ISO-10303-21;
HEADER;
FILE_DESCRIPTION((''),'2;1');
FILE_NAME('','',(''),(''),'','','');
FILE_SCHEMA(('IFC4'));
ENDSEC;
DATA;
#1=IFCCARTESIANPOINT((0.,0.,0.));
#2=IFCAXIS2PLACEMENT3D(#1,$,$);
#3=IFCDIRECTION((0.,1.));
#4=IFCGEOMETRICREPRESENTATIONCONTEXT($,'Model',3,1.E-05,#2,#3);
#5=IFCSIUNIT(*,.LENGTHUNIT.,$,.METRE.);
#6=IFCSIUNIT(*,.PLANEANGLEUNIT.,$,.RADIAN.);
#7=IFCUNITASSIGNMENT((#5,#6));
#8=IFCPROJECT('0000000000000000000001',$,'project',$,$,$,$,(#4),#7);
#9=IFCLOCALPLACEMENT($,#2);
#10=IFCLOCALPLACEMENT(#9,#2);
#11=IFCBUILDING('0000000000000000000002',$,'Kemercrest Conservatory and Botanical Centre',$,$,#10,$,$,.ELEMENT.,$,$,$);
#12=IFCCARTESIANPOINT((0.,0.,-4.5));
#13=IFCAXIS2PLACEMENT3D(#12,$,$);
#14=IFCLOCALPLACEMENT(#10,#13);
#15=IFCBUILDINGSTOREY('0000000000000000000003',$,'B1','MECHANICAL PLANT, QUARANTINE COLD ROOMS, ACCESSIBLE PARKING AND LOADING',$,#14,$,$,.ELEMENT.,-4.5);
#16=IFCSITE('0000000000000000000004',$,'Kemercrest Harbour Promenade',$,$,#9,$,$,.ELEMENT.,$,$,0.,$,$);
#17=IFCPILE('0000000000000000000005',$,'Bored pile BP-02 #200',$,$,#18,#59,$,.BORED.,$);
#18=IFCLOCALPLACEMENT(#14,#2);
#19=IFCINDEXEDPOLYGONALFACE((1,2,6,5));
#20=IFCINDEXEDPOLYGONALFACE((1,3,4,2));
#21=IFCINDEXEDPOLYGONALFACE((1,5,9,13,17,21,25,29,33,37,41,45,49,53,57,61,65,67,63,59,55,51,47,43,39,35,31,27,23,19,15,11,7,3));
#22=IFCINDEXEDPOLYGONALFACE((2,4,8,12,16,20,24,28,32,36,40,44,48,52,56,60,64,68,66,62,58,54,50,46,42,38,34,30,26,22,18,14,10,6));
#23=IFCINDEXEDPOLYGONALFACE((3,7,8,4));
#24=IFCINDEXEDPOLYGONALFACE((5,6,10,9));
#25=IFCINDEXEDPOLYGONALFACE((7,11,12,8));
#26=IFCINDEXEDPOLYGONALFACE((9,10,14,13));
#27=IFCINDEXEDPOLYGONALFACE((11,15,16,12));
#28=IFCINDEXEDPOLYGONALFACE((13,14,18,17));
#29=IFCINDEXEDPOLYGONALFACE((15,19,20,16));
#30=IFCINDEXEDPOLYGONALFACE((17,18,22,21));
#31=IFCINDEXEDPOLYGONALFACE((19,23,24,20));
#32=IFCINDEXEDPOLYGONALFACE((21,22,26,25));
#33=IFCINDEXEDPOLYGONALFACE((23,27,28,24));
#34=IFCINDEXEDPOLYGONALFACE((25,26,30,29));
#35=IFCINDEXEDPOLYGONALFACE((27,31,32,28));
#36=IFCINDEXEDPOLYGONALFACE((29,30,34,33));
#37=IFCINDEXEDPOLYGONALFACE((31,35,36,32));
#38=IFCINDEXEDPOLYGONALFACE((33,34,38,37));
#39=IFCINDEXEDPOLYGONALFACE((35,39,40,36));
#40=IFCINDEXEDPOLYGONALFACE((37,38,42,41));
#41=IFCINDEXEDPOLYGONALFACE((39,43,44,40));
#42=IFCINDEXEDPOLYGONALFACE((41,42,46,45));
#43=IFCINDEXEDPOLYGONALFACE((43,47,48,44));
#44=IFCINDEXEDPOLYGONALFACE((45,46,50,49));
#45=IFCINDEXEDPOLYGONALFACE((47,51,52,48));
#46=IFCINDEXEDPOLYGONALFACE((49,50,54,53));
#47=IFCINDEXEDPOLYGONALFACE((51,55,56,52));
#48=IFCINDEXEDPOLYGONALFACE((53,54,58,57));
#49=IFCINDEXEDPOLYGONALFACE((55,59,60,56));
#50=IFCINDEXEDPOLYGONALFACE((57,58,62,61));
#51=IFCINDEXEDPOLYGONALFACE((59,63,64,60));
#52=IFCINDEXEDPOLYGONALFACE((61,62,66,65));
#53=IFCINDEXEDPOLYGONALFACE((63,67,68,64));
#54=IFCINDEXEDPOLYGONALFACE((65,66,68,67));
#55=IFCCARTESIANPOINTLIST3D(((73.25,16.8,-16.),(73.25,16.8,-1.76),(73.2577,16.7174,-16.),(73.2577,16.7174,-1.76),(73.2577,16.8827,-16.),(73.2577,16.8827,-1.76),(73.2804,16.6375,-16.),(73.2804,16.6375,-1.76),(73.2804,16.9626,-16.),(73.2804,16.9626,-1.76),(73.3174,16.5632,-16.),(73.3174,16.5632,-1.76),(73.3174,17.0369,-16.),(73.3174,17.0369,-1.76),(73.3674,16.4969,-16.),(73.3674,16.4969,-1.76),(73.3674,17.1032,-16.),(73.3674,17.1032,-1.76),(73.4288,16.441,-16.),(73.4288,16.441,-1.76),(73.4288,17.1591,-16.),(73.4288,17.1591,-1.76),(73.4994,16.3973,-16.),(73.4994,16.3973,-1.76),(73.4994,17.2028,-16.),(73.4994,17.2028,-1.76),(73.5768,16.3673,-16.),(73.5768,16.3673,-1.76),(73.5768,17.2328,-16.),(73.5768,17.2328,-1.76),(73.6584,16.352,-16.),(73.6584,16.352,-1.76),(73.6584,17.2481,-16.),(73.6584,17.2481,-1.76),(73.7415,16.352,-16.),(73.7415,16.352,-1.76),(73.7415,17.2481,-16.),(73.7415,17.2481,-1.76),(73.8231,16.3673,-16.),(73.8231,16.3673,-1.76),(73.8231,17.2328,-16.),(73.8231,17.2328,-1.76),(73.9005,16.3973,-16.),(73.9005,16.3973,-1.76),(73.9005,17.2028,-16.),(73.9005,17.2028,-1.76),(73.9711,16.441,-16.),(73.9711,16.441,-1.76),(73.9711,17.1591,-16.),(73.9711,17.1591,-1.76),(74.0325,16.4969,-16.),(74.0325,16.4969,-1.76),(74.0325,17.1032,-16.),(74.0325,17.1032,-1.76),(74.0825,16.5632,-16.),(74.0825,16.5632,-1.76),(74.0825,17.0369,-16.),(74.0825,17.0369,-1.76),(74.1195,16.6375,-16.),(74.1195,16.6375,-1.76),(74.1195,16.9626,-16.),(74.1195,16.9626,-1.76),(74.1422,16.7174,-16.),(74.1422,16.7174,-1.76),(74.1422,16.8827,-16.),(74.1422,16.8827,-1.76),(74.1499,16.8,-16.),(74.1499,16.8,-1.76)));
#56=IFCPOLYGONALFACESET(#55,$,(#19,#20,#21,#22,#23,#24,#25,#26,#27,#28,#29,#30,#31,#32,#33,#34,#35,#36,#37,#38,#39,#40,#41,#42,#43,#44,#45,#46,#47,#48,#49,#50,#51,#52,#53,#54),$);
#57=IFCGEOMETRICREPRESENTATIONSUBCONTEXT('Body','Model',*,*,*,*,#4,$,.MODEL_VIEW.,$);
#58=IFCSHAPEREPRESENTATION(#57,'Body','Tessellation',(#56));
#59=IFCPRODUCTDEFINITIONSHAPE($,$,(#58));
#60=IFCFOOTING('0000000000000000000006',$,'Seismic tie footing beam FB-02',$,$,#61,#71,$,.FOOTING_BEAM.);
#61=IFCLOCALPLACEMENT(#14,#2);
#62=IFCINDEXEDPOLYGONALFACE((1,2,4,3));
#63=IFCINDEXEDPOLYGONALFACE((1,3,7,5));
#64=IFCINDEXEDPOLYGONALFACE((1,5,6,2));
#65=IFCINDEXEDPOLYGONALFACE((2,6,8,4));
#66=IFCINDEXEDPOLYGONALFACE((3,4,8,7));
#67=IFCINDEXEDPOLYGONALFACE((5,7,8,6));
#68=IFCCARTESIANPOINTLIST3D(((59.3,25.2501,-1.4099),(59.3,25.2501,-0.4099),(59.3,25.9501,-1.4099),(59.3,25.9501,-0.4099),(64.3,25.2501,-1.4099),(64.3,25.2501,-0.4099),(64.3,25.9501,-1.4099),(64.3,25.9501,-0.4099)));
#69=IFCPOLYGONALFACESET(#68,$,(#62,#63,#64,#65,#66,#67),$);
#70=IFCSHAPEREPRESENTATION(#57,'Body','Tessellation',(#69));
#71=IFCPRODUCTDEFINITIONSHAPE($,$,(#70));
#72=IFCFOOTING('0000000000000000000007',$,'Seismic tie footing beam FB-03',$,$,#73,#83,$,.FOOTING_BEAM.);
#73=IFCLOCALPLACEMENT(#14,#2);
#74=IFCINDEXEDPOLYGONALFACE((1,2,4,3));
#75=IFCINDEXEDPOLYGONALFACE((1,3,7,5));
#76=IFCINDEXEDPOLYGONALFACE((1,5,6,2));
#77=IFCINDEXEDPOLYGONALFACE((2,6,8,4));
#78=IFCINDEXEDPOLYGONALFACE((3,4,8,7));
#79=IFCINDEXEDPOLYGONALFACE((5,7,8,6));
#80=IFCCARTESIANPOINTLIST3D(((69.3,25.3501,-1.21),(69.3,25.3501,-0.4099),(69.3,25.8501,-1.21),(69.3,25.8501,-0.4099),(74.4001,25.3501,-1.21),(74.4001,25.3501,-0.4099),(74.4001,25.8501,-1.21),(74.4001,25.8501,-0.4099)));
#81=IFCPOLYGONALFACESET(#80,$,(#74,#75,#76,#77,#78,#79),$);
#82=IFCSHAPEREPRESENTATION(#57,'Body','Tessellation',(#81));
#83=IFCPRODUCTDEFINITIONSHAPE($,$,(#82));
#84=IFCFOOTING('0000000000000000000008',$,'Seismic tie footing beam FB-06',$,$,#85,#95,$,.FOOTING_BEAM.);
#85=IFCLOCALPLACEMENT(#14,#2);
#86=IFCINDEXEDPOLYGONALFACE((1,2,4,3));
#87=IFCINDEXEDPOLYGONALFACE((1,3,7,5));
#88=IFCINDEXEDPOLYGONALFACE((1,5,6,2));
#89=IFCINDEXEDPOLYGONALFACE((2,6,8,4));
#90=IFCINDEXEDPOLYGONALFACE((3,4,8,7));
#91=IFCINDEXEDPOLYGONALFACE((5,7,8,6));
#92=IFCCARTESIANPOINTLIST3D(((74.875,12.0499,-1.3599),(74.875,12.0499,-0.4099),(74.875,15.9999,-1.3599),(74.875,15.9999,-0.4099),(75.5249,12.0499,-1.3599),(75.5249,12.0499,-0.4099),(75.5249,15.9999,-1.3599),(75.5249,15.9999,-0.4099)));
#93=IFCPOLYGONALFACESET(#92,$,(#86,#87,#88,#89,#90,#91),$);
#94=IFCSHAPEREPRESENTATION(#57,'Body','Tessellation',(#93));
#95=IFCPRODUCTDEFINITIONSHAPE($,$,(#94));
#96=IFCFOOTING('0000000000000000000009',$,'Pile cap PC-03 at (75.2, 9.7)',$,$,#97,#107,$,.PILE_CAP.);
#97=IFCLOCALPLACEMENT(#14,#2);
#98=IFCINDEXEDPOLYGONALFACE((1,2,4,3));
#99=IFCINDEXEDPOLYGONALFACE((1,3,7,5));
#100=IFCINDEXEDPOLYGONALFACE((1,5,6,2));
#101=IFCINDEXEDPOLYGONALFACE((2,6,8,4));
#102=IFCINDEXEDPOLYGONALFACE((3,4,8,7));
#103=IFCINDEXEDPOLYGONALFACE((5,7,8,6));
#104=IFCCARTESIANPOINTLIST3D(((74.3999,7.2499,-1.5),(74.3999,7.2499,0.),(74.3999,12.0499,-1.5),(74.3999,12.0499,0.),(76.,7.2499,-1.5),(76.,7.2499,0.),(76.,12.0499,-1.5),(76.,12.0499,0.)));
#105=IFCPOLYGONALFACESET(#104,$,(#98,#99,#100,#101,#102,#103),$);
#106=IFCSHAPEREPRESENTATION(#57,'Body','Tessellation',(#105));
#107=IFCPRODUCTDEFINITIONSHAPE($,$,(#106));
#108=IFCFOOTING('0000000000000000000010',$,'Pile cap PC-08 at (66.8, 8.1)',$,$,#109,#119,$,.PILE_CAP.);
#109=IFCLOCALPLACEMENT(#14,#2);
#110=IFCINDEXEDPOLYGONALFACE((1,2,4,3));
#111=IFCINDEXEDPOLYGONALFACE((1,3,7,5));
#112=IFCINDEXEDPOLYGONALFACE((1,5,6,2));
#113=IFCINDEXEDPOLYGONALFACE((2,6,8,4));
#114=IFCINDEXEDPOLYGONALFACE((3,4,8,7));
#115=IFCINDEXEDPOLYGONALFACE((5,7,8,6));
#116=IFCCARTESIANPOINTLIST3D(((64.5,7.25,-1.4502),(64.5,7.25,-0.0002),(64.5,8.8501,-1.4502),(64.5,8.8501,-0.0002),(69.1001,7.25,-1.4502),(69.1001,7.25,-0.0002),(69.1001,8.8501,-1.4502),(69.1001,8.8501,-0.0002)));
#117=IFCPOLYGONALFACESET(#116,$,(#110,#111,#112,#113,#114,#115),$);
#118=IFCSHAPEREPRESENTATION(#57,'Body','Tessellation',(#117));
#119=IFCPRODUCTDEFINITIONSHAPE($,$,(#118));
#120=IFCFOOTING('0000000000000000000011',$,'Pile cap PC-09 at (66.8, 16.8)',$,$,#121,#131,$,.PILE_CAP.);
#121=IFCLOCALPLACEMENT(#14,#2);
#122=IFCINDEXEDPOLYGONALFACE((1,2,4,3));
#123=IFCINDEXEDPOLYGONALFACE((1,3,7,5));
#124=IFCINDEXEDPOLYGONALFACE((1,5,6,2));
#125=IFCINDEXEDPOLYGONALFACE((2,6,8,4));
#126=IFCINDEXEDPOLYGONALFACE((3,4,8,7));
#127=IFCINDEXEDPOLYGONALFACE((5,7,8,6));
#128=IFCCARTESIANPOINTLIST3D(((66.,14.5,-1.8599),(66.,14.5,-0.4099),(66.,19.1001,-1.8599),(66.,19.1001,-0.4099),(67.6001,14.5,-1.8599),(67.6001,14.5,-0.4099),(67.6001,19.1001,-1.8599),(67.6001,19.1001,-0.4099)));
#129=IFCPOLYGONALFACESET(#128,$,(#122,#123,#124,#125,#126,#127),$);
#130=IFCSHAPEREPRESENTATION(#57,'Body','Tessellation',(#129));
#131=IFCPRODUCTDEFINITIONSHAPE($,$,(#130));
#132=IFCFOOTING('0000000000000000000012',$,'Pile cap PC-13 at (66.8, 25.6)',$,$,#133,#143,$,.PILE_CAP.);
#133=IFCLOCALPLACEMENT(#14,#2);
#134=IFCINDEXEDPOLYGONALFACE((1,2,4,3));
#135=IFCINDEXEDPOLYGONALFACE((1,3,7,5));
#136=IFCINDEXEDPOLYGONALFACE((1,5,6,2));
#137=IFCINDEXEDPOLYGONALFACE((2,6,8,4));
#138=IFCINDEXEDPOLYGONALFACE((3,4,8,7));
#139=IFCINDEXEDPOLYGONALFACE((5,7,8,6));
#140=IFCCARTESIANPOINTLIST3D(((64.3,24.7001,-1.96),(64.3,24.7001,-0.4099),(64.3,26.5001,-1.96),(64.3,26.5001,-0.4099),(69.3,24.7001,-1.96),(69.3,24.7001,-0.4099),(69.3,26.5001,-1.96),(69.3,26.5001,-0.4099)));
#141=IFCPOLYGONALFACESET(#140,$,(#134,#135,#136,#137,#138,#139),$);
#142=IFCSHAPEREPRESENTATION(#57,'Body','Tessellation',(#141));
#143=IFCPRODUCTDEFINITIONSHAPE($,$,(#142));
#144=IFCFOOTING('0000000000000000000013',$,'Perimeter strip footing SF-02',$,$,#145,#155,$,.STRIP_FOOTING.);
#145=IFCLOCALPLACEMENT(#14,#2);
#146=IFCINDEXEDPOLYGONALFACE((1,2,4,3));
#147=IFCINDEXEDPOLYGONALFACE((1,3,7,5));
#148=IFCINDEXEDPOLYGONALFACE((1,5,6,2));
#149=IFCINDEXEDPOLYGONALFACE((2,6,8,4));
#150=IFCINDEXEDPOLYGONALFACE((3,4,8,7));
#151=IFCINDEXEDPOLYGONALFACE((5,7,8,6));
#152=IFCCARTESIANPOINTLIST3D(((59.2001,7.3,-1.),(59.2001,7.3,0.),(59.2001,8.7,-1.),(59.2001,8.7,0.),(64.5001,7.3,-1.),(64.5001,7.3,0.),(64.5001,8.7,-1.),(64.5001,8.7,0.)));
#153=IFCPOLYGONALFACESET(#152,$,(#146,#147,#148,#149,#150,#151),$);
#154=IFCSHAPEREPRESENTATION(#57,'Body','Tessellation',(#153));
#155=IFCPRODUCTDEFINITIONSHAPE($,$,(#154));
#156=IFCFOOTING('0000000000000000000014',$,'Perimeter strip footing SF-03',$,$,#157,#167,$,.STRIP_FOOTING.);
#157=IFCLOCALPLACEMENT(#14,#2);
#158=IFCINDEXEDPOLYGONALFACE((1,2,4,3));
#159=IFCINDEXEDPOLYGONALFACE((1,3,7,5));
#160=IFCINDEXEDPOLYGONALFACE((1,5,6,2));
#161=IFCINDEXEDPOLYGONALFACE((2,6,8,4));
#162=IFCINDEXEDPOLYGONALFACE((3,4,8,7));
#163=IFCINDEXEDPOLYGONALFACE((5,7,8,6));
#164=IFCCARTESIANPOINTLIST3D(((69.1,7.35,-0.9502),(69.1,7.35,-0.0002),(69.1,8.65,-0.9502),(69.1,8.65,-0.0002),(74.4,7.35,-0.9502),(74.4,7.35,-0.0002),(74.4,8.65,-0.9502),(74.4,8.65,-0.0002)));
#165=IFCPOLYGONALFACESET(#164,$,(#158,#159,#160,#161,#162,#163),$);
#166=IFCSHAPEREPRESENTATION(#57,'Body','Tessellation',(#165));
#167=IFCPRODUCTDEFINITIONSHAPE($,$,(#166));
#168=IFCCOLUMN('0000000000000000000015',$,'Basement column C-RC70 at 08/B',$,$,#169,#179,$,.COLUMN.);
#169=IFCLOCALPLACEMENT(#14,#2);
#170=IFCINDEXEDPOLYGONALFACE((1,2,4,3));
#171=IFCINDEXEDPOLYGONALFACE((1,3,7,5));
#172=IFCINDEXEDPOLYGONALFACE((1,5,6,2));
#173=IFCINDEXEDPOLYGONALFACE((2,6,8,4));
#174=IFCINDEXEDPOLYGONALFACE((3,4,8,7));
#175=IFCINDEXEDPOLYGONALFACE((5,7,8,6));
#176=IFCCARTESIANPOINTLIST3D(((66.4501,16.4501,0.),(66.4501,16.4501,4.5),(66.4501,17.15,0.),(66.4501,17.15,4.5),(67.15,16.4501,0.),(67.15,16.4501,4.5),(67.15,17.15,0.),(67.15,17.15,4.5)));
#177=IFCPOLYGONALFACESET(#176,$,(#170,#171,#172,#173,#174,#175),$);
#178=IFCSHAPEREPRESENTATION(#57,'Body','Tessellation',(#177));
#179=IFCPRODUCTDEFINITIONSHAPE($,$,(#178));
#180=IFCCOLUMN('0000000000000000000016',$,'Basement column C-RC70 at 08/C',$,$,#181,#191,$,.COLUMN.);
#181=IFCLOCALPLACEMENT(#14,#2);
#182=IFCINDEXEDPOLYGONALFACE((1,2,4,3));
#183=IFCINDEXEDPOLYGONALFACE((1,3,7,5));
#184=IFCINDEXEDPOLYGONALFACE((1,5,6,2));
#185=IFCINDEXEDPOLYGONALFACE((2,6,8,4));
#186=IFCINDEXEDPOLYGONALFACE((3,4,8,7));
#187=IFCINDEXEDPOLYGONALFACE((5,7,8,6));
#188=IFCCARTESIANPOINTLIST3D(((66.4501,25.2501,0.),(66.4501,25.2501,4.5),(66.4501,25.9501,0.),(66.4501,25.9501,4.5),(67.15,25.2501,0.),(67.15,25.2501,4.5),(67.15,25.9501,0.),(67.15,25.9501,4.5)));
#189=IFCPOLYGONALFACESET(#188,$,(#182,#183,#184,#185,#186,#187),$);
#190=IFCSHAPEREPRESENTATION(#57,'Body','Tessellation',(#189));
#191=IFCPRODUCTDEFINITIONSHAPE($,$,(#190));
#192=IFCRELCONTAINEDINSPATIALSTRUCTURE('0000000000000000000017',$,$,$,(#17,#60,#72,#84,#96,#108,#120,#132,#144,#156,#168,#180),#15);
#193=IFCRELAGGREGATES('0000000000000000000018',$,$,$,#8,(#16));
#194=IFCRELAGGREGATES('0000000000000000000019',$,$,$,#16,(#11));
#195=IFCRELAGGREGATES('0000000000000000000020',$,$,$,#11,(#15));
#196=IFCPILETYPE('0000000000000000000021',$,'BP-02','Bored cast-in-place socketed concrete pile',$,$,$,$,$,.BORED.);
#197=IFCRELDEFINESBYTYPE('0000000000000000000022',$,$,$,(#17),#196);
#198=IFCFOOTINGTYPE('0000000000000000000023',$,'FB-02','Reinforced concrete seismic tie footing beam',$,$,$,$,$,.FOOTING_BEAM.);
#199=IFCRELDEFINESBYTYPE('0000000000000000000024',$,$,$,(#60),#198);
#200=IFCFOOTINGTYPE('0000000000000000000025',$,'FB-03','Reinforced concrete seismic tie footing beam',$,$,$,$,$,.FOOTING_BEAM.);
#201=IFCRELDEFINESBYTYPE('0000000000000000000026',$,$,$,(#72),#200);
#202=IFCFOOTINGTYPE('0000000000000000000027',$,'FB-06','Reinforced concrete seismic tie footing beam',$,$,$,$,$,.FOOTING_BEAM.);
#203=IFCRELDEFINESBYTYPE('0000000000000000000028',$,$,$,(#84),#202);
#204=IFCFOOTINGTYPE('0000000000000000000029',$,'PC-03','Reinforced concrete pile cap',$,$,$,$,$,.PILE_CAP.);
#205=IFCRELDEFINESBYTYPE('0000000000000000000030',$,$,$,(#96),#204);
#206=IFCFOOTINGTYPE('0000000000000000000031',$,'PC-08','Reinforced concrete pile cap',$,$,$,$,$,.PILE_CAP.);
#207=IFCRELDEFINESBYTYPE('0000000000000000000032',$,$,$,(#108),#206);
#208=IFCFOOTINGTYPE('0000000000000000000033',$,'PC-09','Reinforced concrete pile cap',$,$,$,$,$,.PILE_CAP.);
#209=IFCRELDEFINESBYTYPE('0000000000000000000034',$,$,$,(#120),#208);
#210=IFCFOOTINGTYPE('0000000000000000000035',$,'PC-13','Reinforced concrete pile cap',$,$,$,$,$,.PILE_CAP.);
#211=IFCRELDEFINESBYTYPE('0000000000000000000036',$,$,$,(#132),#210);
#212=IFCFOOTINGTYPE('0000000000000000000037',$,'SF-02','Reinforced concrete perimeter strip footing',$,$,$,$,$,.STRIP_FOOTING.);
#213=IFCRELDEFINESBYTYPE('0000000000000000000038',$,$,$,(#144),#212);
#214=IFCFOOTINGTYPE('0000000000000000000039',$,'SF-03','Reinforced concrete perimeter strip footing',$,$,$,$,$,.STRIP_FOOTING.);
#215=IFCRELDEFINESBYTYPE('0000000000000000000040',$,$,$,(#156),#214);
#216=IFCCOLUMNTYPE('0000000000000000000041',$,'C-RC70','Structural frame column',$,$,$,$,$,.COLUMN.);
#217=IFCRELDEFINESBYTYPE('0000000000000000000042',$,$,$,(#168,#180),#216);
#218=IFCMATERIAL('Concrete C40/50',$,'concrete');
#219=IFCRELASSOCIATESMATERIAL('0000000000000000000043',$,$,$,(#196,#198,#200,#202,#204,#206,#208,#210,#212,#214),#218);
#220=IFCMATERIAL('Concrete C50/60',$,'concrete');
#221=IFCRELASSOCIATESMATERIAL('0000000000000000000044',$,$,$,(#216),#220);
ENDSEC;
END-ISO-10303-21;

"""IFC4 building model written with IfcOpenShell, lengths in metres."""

from ifc_helpers import new_model, si_unit, direction, frame, origin, origin_2d, place, context, subcontext, project, spatial, rectangle, circle, extrude, material, material_profile, profile_set, type_object, element, save


model = new_model("IFC4")

# Units and contexts
model_context = context("Model", 3, precision=1e-05, world=origin(), true_north=direction((0.0, 1.0)))
body_context = subcontext(model_context, "Body", "Model", "MODEL_VIEW")
ifc_project = project(units=[si_unit("LENGTHUNIT", "METRE"), si_unit("PLANEANGLEUNIT", "RADIAN")], contexts=[model_context])

# Site, building, storey
site_placement = place(None, origin())
site = spatial("IfcSite", under=ifc_project, at=site_placement, Name="Kemercrest Harbour Promenade", CompositionType="ELEMENT", RefElevation=0.0)
building_placement = place(site_placement, origin())
building = spatial("IfcBuilding", under=site, at=building_placement, Name="Kemercrest Conservatory and Botanical Centre", CompositionType="ELEMENT")
storey_placement = place(building_placement, frame((0.0, 0.0, -4.5)))
storey = spatial("IfcBuildingStorey", under=building, at=storey_placement, Name="B1", Description="MECHANICAL PLANT, QUARANTINE COLD ROOMS, ACCESSIBLE PARKING AND LOADING", CompositionType="ELEMENT", Elevation=-4.5)

# Pile
ifc_material_1 = material(Name="Concrete C40/50", Category="concrete")
ifc_material_profile_1 = material_profile(ifc_material_1, circle(Radius=0.45, at=origin_2d()), Name="BORED PILE 900")
ifc_profile_set_1 = profile_set([ifc_material_profile_1], Name="Concrete C40/50")
pile_type_1 = type_object("IfcPileType", Name="BP-02", Description="Bored cast-in-place socketed concrete pile", PredefinedType="BORED", material=ifc_profile_set_1)
for number, where, z_axis, x_axis, name in (
    (1, (73.7, 16.8, -1.76), (0.0, 0.0, -1.0), (1.0, 0.0, 0.0), "Bored pile BP-02 #200"),
):
    element("IfcPile", number, at=place(storey_placement, frame(where, z_axis=z_axis, x_axis=x_axis)), inside=storey, type_object=pile_type_1, Name=name, PredefinedType="BORED", context=body_context, shape_type="SweptSolid", body=[
        extrude(circle(Radius=0.45, at=origin_2d()), origin(), (0.0, 0.0, 1.0), 14.24),
    ])

# Footings
footing_type_1 = type_object("IfcFootingType", Name="FB-02", Description="Reinforced concrete seismic tie footing beam", PredefinedType="FOOTING_BEAM", material=ifc_material_1)
footing_1_placement = place(storey_placement, frame((61.8, 25.6001, -1.4099), z_axis=(0.0, 0.0, 1.0), x_axis=(1.0, 0.0, 0.0)))
element("IfcFooting", 2, at=footing_1_placement, inside=storey, type_object=footing_type_1, Name="Seismic tie footing beam FB-02", PredefinedType="FOOTING_BEAM", context=body_context, shape_type="SweptSolid", body=[
    extrude(rectangle(XDim=5.0, YDim=0.7, at=origin_2d()), origin(), (0.0, 0.0, 1.0), 1.0),
])
footing_type_2 = type_object("IfcFootingType", Name="FB-03", Description="Reinforced concrete seismic tie footing beam", PredefinedType="FOOTING_BEAM", material=ifc_material_1)
footing_2_placement = place(storey_placement, frame((71.8501, 25.6001, -1.21), z_axis=(0.0, 0.0, 1.0), x_axis=(1.0, 0.0, 0.0)))
element("IfcFooting", 3, at=footing_2_placement, inside=storey, type_object=footing_type_2, Name="Seismic tie footing beam FB-03", PredefinedType="FOOTING_BEAM", context=body_context, shape_type="SweptSolid", body=[
    extrude(rectangle(XDim=5.1001, YDim=0.5, at=origin_2d()), origin(), (0.0, 0.0, 1.0), 0.8),
])
footing_type_3 = type_object("IfcFootingType", Name="FB-06", Description="Reinforced concrete seismic tie footing beam", PredefinedType="FOOTING_BEAM", material=ifc_material_1)
footing_3_placement = place(storey_placement, frame((75.2, 14.0249, -1.3599), z_axis=(0.0, 0.0, 1.0), x_axis=(1.0, 0.0, 0.0)))
element("IfcFooting", 4, at=footing_3_placement, inside=storey, type_object=footing_type_3, Name="Seismic tie footing beam FB-06", PredefinedType="FOOTING_BEAM", context=body_context, shape_type="SweptSolid", body=[
    extrude(rectangle(XDim=0.6499, YDim=3.95, at=origin_2d()), origin(), (0.0, 0.0, 1.0), 0.95),
])
footing_type_4 = type_object("IfcFootingType", Name="PC-03", Description="Reinforced concrete pile cap", PredefinedType="PILE_CAP", material=ifc_material_1)
footing_4_placement = place(storey_placement, frame((75.2, 9.6499, -1.5), z_axis=(0.0, 0.0, 1.0), x_axis=(1.0, 0.0, 0.0)))
element("IfcFooting", 5, at=footing_4_placement, inside=storey, type_object=footing_type_4, Name="Pile cap PC-03 at (75.2, 9.7)", PredefinedType="PILE_CAP", context=body_context, shape_type="SweptSolid", body=[
    extrude(rectangle(XDim=1.6001, YDim=4.8, at=origin_2d()), origin(), (0.0, 0.0, 1.0), 1.5),
])
footing_type_5 = type_object("IfcFootingType", Name="PC-08", Description="Reinforced concrete pile cap", PredefinedType="PILE_CAP", material=ifc_material_1)
footing_5_placement = place(storey_placement, frame((66.8, 8.05, -1.4502), z_axis=(0.0, 0.0, 1.0), x_axis=(1.0, 0.0, 0.0)))
element("IfcFooting", 6, at=footing_5_placement, inside=storey, type_object=footing_type_5, Name="Pile cap PC-08 at (66.8, 8.1)", PredefinedType="PILE_CAP", context=body_context, shape_type="SweptSolid", body=[
    extrude(rectangle(XDim=4.6001, YDim=1.6001, at=origin_2d()), origin(), (0.0, 0.0, 1.0), 1.45),
])
footing_type_6 = type_object("IfcFootingType", Name="PC-09", Description="Reinforced concrete pile cap", PredefinedType="PILE_CAP", material=ifc_material_1)
footing_6_placement = place(storey_placement, frame((66.8, 16.8, -1.8599), z_axis=(0.0, 0.0, 1.0), x_axis=(1.0, 0.0, 0.0)))
element("IfcFooting", 7, at=footing_6_placement, inside=storey, type_object=footing_type_6, Name="Pile cap PC-09 at (66.8, 16.8)", PredefinedType="PILE_CAP", context=body_context, shape_type="SweptSolid", body=[
    extrude(rectangle(XDim=1.6001, YDim=4.6001, at=origin_2d()), origin(), (0.0, 0.0, 1.0), 1.45),
])
footing_type_7 = type_object("IfcFootingType", Name="PC-13", Description="Reinforced concrete pile cap", PredefinedType="PILE_CAP", material=ifc_material_1)
footing_7_placement = place(storey_placement, frame((66.8, 25.6001, -1.96), z_axis=(0.0, 0.0, 1.0), x_axis=(1.0, 0.0, 0.0)))
element("IfcFooting", 8, at=footing_7_placement, inside=storey, type_object=footing_type_7, Name="Pile cap PC-13 at (66.8, 25.6)", PredefinedType="PILE_CAP", context=body_context, shape_type="SweptSolid", body=[
    extrude(rectangle(XDim=5.0, YDim=1.8, at=origin_2d()), origin(), (0.0, 0.0, 1.0), 1.55),
])
footing_type_8 = type_object("IfcFootingType", Name="SF-02", Description="Reinforced concrete perimeter strip footing", PredefinedType="STRIP_FOOTING", material=ifc_material_1)
footing_8_placement = place(storey_placement, frame((61.8501, 8.0, -1.0), z_axis=(0.0, 0.0, 1.0), x_axis=(1.0, 0.0, 0.0)))
element("IfcFooting", 9, at=footing_8_placement, inside=storey, type_object=footing_type_8, Name="Perimeter strip footing SF-02", PredefinedType="STRIP_FOOTING", context=body_context, shape_type="SweptSolid", body=[
    extrude(rectangle(XDim=5.3, YDim=1.3999, at=origin_2d()), origin(), (0.0, 0.0, 1.0), 1.0),
])
footing_type_9 = type_object("IfcFootingType", Name="SF-03", Description="Reinforced concrete perimeter strip footing", PredefinedType="STRIP_FOOTING", material=ifc_material_1)
footing_9_placement = place(storey_placement, frame((71.75, 8.0, -0.9502), z_axis=(0.0, 0.0, 1.0), x_axis=(1.0, 0.0, 0.0)))
element("IfcFooting", 10, at=footing_9_placement, inside=storey, type_object=footing_type_9, Name="Perimeter strip footing SF-03", PredefinedType="STRIP_FOOTING", context=body_context, shape_type="SweptSolid", body=[
    extrude(rectangle(XDim=5.3, YDim=1.3, at=origin_2d()), origin(), (0.0, 0.0, 1.0), 0.95),
])

# Columns
ifc_material_2 = material(Name="Concrete C50/60", Category="concrete")
ifc_material_profile_2 = material_profile(ifc_material_2, rectangle(XDim=0.7, YDim=0.7, at=origin_2d()), Name="RC 700x700")
ifc_profile_set_2 = profile_set([ifc_material_profile_2], Name="Concrete C50/60")
column_type_1 = type_object("IfcColumnType", Name="C-RC70", Description="Structural frame column", PredefinedType="COLUMN", material=ifc_profile_set_2)
for number, where, z_axis, x_axis, name in (
    (11, (66.8, 16.8, 0.0), (0.0, 0.0, 1.0), (1.0, 0.0, 0.0), "Basement column C-RC70 at 08/B"),
    (12, (66.8, 25.6001, 0.0), (0.0, 0.0, 1.0), (1.0, 0.0, 0.0), "Basement column C-RC70 at 08/C"),
):
    element("IfcColumn", number, at=place(storey_placement, frame(where, z_axis=z_axis, x_axis=x_axis)), inside=storey, type_object=column_type_1, Name=name, PredefinedType="COLUMN", context=body_context, shape_type="SweptSolid", body=[
        extrude(rectangle(XDim=0.7, YDim=0.7, at=origin_2d()), origin(), (0.0, 0.0, 1.0), 4.5),
    ])

save(model, "model.ifc")
